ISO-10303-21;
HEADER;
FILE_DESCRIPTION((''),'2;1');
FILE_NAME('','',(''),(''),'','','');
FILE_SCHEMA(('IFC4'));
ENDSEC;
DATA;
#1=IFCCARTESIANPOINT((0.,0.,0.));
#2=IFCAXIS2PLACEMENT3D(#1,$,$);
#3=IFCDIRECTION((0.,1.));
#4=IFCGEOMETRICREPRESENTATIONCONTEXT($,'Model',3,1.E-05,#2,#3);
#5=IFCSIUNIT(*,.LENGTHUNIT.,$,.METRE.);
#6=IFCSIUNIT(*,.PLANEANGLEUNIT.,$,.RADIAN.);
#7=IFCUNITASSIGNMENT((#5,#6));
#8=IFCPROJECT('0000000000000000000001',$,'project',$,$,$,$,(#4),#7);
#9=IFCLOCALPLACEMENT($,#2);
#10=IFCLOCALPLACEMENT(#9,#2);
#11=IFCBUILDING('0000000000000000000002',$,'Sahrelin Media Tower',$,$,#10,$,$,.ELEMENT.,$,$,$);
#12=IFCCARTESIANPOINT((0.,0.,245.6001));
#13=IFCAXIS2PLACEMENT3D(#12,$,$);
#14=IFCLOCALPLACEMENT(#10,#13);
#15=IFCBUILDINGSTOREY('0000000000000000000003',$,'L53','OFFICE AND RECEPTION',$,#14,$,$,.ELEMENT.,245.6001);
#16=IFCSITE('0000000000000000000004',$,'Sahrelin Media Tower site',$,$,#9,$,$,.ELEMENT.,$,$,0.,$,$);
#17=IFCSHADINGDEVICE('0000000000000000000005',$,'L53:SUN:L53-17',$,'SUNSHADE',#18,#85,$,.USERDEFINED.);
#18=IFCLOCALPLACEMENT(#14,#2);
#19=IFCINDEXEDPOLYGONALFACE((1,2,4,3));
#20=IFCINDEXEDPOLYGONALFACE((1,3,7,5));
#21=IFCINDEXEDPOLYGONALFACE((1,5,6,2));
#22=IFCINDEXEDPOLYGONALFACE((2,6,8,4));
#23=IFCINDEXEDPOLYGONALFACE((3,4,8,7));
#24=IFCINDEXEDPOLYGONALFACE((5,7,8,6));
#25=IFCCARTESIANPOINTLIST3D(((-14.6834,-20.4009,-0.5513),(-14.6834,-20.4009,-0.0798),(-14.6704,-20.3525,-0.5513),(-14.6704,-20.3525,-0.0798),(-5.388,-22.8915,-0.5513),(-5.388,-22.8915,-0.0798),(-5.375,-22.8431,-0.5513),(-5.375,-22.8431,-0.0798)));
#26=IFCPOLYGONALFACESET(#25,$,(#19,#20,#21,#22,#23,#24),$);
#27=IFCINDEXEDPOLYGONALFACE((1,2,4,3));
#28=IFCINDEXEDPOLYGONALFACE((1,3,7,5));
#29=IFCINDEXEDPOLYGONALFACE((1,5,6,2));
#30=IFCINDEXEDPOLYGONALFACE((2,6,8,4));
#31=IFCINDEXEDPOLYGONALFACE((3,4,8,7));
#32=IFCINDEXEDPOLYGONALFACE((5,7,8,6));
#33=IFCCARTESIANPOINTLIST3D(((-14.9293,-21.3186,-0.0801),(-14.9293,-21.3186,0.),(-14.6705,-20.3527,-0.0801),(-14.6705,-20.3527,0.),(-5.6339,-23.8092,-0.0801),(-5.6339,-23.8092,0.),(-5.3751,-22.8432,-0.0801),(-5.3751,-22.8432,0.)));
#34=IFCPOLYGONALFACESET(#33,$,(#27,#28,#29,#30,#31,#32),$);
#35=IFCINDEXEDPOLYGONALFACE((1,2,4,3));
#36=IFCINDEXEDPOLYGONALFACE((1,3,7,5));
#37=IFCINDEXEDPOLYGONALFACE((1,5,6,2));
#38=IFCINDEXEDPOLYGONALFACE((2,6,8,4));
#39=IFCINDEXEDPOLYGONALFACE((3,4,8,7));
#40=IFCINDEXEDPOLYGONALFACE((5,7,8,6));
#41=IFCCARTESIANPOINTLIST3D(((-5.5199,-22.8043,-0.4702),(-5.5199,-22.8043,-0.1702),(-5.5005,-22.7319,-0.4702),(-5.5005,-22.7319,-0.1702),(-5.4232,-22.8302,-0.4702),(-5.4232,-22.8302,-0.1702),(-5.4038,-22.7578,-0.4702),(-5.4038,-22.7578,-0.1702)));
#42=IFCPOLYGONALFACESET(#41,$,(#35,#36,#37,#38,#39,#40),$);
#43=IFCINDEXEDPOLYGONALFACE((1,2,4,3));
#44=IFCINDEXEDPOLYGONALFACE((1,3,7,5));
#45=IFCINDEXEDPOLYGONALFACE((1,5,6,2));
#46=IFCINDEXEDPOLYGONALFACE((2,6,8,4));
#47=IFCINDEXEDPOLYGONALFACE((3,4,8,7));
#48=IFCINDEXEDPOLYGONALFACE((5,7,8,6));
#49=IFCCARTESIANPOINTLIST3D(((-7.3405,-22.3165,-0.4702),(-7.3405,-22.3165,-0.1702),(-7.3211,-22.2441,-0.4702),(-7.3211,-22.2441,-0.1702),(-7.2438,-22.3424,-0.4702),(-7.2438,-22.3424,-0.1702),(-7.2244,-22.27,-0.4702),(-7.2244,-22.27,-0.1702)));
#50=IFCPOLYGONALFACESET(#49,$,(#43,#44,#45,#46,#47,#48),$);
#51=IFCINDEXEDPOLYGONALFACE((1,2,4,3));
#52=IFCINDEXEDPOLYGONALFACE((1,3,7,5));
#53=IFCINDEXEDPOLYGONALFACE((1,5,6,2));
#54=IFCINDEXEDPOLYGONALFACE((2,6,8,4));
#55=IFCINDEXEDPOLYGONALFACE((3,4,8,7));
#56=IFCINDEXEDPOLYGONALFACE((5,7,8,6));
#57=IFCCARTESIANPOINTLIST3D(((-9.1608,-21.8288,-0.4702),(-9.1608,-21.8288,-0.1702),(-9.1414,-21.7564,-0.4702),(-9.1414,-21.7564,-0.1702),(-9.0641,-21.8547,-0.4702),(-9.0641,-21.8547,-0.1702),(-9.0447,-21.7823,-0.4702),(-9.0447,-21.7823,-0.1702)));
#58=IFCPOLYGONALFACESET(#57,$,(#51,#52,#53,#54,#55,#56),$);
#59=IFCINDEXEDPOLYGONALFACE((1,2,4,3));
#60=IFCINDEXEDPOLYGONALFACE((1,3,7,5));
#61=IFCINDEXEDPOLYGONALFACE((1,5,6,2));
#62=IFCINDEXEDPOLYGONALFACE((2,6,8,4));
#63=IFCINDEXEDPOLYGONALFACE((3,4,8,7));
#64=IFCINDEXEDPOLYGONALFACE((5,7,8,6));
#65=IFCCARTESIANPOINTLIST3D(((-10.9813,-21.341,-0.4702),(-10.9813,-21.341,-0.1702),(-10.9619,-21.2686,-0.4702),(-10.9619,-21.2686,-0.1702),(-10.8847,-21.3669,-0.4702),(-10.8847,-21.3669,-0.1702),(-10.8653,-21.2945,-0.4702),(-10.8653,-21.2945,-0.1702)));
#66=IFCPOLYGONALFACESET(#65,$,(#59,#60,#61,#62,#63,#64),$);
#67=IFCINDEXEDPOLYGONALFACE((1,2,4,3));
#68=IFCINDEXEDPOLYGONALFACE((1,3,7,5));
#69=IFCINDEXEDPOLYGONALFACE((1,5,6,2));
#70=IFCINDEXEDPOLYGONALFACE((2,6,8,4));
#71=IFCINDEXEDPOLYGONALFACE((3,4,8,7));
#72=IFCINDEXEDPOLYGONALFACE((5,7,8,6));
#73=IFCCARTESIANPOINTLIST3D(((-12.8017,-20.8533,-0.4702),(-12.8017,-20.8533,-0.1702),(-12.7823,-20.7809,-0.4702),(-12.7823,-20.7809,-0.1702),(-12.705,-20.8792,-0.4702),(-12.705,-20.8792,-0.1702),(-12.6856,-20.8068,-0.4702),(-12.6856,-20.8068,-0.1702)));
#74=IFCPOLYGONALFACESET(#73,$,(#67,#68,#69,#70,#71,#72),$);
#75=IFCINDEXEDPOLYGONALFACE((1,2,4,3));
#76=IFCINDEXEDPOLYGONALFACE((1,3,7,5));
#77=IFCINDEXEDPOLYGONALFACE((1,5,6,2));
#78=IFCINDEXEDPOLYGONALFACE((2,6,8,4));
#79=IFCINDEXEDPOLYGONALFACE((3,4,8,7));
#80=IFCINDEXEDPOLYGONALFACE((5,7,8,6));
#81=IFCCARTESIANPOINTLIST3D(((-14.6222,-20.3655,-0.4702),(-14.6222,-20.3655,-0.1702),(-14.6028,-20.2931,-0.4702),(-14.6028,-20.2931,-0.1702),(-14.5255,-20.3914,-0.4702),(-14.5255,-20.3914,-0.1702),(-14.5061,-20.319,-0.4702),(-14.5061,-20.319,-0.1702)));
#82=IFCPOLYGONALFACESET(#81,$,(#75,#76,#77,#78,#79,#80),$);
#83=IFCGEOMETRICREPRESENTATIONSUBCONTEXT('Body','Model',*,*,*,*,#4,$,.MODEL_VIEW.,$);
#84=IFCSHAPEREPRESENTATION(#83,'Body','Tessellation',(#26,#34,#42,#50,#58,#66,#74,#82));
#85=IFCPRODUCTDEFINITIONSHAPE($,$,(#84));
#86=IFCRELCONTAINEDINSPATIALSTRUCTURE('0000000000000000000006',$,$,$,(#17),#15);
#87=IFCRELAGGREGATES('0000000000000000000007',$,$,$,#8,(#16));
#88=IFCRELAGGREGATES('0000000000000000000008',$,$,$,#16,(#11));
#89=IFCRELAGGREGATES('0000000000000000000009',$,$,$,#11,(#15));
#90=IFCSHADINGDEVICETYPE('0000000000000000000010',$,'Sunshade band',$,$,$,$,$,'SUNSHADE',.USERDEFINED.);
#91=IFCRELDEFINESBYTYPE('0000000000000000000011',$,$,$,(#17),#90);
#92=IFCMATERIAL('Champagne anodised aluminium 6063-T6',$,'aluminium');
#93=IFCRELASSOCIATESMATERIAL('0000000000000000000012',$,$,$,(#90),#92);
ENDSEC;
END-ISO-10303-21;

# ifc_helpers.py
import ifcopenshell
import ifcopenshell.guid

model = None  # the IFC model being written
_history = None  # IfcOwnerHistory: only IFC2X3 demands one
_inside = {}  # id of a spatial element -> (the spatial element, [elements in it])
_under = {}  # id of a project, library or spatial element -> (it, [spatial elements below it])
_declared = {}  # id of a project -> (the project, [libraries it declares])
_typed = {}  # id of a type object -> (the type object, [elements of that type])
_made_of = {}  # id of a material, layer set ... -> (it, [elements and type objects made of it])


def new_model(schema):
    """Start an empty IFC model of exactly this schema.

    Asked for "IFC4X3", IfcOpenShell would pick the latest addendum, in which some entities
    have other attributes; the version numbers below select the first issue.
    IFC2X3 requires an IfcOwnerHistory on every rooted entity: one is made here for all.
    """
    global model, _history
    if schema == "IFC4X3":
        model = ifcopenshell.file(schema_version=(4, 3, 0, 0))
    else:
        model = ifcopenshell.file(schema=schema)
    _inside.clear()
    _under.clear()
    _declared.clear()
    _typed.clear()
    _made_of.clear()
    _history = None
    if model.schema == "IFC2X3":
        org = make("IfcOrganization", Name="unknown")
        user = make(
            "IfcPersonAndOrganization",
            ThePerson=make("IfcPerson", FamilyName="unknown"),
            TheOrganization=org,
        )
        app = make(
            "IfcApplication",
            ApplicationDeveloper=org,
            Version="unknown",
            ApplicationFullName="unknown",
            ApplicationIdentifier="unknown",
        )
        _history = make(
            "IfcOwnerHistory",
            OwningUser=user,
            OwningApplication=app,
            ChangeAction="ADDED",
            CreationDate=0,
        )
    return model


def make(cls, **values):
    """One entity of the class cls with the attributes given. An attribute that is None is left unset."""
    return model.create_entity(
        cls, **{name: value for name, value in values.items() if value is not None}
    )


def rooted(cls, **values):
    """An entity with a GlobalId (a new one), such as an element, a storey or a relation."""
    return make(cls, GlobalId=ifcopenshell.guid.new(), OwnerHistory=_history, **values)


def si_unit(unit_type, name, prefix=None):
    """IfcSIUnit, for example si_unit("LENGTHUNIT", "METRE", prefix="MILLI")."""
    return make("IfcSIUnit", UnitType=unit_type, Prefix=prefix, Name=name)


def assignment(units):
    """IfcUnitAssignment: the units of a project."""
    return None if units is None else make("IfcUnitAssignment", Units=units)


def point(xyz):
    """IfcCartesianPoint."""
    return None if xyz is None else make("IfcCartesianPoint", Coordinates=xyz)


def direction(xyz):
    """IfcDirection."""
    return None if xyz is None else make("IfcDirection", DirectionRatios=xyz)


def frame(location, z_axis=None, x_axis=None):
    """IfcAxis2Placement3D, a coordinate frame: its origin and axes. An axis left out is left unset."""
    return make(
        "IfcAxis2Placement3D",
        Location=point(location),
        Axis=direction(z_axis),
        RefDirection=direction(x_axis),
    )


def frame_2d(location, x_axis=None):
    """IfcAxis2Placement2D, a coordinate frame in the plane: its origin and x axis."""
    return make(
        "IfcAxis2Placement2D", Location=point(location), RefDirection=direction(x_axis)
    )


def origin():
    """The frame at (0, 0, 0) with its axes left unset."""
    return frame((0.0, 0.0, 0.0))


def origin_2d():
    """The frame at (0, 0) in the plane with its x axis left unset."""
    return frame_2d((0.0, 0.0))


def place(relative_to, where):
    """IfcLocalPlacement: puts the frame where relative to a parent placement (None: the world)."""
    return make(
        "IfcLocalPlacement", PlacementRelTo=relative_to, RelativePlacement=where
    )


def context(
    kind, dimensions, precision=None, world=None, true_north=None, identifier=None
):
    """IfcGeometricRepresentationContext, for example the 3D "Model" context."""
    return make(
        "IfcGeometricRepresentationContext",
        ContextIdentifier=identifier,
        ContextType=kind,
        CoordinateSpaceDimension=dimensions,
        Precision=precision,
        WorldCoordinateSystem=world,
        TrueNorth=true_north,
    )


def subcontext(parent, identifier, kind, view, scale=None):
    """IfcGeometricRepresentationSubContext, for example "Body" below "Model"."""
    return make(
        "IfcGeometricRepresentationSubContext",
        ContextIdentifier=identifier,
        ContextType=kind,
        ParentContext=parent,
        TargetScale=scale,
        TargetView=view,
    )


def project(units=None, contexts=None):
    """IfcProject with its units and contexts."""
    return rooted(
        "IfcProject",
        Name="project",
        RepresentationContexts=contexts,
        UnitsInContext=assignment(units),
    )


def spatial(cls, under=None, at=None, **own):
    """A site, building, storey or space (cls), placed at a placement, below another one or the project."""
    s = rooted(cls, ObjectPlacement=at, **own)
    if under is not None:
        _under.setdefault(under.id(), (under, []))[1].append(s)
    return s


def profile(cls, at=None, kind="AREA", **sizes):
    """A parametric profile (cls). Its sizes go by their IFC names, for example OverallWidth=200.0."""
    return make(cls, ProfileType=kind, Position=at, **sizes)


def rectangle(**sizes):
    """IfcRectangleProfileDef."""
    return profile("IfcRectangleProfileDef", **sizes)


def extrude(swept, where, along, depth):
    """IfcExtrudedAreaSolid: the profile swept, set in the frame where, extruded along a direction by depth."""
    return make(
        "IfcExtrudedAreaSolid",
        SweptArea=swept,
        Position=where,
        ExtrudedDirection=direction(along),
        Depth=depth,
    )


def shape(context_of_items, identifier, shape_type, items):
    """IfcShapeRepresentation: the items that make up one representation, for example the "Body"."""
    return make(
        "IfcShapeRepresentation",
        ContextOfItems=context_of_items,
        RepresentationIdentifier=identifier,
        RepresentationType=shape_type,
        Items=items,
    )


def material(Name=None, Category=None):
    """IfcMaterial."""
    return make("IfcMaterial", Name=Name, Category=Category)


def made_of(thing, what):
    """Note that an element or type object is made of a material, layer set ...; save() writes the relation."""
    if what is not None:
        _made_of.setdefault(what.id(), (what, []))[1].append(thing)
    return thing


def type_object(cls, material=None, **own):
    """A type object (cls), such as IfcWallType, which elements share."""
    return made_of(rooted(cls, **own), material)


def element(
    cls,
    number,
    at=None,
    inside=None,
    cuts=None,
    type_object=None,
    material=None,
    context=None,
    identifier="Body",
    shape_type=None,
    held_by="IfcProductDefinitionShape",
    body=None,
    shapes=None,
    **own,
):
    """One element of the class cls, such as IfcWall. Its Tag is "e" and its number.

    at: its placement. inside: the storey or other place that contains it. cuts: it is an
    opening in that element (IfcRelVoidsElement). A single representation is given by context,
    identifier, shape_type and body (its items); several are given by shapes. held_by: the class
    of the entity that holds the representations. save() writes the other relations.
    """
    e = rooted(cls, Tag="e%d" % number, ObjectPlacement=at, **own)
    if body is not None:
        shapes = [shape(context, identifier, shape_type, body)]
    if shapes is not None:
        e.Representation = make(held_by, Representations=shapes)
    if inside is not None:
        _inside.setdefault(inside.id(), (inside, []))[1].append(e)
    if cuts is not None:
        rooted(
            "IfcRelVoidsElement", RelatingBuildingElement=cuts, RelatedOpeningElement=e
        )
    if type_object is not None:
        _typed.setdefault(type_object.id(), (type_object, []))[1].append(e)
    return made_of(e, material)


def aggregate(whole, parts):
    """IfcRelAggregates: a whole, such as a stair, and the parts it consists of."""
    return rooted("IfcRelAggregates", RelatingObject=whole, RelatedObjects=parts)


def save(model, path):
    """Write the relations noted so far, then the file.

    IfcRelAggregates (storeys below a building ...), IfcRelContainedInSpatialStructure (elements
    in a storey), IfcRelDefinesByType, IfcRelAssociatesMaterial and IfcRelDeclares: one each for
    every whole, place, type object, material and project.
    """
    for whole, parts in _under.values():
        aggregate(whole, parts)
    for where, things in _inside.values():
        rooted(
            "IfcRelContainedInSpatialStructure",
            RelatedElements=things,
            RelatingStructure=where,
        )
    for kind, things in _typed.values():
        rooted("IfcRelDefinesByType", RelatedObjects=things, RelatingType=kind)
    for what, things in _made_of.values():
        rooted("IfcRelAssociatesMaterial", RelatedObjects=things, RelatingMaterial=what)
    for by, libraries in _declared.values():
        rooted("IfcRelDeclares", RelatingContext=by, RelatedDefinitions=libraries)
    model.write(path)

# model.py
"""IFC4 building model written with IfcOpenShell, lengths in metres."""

from ifc_helpers import new_model, si_unit, direction, frame, origin, origin_2d, place, context, subcontext, project, spatial, rectangle, extrude, material, type_object, element, save


model = new_model("IFC4")

# Units and contexts
model_context = context("Model", 3, precision=1e-05, world=origin(), true_north=direction((0.0, 1.0)))
body_context = subcontext(model_context, "Body", "Model", "MODEL_VIEW")
ifc_project = project(units=[si_unit("LENGTHUNIT", "METRE"), si_unit("PLANEANGLEUNIT", "RADIAN")], contexts=[model_context])

# Site, building, storey
site_placement = place(None, origin())
site = spatial("IfcSite", under=ifc_project, at=site_placement, Name="Sahrelin Media Tower site", CompositionType="ELEMENT", RefElevation=0.0)
building_placement = place(site_placement, origin())
building = spatial("IfcBuilding", under=site, at=building_placement, Name="Sahrelin Media Tower", CompositionType="ELEMENT")
storey_placement = place(building_placement, frame((0.0, 0.0, 245.6001)))
storey = spatial("IfcBuildingStorey", under=building, at=storey_placement, Name="L53", Description="OFFICE AND RECEPTION", CompositionType="ELEMENT", Elevation=245.6001)

# Shared definitions
ifc_material_1 = material(Name="Champagne anodised aluminium 6063-T6", Category="aluminium")

# Shading device
placement = place(storey_placement, frame((-10.0176, -21.5786, 0.0), z_axis=(0.0, 0.0, 1.0), x_axis=(-0.965929, 0.258808, 0.0)))
shading_device_type_1 = type_object("IfcShadingDeviceType", Name="Sunshade band", ElementType="SUNSHADE", PredefinedType="USERDEFINED", material=ifc_material_1)
element("IfcShadingDevice", 1, at=placement, inside=storey, type_object=shading_device_type_1, Name="L53:SUN:L53-17", ObjectType="SUNSHADE", PredefinedType="USERDEFINED", context=body_context, shape_type="SweptSolid", body=[
    extrude(rectangle(XDim=9.6233, YDim=0.05, at=origin_2d()), frame((0.0, 0.0449, -0.5513)), (0.0, 0.0, 1.0), 0.4714),
    extrude(rectangle(XDim=9.6233, YDim=1.0, at=origin_2d()), frame((0.0, 0.52, -0.0801)), (0.0, 0.0, 1.0), 0.0801),
    extrude(rectangle(XDim=0.1001, YDim=0.075, at=origin_2d()), frame((-4.7117, -0.0176, -0.4702)), (0.0, 0.0, 1.0), 0.3),
    extrude(rectangle(XDim=0.1001, YDim=0.075, at=origin_2d()), frame((-2.8269, -0.0176, -0.4702)), (0.0, 0.0, 1.0), 0.3),
    extrude(rectangle(XDim=0.1001, YDim=0.075, at=origin_2d()), frame((-0.9424, -0.0176, -0.4702)), (0.0, 0.0, 1.0), 0.3),
    extrude(rectangle(XDim=0.1001, YDim=0.075, at=origin_2d()), frame((0.9424, -0.0176, -0.4702)), (0.0, 0.0, 1.0), 0.3),
    extrude(rectangle(XDim=0.1001, YDim=0.075, at=origin_2d()), frame((2.8269, -0.0176, -0.4702)), (0.0, 0.0, 1.0), 0.3),
    extrude(rectangle(XDim=0.1001, YDim=0.075, at=origin_2d()), frame((4.7117, -0.0176, -0.4702)), (0.0, 0.0, 1.0), 0.3),
])

save(model, "model.ifc")
